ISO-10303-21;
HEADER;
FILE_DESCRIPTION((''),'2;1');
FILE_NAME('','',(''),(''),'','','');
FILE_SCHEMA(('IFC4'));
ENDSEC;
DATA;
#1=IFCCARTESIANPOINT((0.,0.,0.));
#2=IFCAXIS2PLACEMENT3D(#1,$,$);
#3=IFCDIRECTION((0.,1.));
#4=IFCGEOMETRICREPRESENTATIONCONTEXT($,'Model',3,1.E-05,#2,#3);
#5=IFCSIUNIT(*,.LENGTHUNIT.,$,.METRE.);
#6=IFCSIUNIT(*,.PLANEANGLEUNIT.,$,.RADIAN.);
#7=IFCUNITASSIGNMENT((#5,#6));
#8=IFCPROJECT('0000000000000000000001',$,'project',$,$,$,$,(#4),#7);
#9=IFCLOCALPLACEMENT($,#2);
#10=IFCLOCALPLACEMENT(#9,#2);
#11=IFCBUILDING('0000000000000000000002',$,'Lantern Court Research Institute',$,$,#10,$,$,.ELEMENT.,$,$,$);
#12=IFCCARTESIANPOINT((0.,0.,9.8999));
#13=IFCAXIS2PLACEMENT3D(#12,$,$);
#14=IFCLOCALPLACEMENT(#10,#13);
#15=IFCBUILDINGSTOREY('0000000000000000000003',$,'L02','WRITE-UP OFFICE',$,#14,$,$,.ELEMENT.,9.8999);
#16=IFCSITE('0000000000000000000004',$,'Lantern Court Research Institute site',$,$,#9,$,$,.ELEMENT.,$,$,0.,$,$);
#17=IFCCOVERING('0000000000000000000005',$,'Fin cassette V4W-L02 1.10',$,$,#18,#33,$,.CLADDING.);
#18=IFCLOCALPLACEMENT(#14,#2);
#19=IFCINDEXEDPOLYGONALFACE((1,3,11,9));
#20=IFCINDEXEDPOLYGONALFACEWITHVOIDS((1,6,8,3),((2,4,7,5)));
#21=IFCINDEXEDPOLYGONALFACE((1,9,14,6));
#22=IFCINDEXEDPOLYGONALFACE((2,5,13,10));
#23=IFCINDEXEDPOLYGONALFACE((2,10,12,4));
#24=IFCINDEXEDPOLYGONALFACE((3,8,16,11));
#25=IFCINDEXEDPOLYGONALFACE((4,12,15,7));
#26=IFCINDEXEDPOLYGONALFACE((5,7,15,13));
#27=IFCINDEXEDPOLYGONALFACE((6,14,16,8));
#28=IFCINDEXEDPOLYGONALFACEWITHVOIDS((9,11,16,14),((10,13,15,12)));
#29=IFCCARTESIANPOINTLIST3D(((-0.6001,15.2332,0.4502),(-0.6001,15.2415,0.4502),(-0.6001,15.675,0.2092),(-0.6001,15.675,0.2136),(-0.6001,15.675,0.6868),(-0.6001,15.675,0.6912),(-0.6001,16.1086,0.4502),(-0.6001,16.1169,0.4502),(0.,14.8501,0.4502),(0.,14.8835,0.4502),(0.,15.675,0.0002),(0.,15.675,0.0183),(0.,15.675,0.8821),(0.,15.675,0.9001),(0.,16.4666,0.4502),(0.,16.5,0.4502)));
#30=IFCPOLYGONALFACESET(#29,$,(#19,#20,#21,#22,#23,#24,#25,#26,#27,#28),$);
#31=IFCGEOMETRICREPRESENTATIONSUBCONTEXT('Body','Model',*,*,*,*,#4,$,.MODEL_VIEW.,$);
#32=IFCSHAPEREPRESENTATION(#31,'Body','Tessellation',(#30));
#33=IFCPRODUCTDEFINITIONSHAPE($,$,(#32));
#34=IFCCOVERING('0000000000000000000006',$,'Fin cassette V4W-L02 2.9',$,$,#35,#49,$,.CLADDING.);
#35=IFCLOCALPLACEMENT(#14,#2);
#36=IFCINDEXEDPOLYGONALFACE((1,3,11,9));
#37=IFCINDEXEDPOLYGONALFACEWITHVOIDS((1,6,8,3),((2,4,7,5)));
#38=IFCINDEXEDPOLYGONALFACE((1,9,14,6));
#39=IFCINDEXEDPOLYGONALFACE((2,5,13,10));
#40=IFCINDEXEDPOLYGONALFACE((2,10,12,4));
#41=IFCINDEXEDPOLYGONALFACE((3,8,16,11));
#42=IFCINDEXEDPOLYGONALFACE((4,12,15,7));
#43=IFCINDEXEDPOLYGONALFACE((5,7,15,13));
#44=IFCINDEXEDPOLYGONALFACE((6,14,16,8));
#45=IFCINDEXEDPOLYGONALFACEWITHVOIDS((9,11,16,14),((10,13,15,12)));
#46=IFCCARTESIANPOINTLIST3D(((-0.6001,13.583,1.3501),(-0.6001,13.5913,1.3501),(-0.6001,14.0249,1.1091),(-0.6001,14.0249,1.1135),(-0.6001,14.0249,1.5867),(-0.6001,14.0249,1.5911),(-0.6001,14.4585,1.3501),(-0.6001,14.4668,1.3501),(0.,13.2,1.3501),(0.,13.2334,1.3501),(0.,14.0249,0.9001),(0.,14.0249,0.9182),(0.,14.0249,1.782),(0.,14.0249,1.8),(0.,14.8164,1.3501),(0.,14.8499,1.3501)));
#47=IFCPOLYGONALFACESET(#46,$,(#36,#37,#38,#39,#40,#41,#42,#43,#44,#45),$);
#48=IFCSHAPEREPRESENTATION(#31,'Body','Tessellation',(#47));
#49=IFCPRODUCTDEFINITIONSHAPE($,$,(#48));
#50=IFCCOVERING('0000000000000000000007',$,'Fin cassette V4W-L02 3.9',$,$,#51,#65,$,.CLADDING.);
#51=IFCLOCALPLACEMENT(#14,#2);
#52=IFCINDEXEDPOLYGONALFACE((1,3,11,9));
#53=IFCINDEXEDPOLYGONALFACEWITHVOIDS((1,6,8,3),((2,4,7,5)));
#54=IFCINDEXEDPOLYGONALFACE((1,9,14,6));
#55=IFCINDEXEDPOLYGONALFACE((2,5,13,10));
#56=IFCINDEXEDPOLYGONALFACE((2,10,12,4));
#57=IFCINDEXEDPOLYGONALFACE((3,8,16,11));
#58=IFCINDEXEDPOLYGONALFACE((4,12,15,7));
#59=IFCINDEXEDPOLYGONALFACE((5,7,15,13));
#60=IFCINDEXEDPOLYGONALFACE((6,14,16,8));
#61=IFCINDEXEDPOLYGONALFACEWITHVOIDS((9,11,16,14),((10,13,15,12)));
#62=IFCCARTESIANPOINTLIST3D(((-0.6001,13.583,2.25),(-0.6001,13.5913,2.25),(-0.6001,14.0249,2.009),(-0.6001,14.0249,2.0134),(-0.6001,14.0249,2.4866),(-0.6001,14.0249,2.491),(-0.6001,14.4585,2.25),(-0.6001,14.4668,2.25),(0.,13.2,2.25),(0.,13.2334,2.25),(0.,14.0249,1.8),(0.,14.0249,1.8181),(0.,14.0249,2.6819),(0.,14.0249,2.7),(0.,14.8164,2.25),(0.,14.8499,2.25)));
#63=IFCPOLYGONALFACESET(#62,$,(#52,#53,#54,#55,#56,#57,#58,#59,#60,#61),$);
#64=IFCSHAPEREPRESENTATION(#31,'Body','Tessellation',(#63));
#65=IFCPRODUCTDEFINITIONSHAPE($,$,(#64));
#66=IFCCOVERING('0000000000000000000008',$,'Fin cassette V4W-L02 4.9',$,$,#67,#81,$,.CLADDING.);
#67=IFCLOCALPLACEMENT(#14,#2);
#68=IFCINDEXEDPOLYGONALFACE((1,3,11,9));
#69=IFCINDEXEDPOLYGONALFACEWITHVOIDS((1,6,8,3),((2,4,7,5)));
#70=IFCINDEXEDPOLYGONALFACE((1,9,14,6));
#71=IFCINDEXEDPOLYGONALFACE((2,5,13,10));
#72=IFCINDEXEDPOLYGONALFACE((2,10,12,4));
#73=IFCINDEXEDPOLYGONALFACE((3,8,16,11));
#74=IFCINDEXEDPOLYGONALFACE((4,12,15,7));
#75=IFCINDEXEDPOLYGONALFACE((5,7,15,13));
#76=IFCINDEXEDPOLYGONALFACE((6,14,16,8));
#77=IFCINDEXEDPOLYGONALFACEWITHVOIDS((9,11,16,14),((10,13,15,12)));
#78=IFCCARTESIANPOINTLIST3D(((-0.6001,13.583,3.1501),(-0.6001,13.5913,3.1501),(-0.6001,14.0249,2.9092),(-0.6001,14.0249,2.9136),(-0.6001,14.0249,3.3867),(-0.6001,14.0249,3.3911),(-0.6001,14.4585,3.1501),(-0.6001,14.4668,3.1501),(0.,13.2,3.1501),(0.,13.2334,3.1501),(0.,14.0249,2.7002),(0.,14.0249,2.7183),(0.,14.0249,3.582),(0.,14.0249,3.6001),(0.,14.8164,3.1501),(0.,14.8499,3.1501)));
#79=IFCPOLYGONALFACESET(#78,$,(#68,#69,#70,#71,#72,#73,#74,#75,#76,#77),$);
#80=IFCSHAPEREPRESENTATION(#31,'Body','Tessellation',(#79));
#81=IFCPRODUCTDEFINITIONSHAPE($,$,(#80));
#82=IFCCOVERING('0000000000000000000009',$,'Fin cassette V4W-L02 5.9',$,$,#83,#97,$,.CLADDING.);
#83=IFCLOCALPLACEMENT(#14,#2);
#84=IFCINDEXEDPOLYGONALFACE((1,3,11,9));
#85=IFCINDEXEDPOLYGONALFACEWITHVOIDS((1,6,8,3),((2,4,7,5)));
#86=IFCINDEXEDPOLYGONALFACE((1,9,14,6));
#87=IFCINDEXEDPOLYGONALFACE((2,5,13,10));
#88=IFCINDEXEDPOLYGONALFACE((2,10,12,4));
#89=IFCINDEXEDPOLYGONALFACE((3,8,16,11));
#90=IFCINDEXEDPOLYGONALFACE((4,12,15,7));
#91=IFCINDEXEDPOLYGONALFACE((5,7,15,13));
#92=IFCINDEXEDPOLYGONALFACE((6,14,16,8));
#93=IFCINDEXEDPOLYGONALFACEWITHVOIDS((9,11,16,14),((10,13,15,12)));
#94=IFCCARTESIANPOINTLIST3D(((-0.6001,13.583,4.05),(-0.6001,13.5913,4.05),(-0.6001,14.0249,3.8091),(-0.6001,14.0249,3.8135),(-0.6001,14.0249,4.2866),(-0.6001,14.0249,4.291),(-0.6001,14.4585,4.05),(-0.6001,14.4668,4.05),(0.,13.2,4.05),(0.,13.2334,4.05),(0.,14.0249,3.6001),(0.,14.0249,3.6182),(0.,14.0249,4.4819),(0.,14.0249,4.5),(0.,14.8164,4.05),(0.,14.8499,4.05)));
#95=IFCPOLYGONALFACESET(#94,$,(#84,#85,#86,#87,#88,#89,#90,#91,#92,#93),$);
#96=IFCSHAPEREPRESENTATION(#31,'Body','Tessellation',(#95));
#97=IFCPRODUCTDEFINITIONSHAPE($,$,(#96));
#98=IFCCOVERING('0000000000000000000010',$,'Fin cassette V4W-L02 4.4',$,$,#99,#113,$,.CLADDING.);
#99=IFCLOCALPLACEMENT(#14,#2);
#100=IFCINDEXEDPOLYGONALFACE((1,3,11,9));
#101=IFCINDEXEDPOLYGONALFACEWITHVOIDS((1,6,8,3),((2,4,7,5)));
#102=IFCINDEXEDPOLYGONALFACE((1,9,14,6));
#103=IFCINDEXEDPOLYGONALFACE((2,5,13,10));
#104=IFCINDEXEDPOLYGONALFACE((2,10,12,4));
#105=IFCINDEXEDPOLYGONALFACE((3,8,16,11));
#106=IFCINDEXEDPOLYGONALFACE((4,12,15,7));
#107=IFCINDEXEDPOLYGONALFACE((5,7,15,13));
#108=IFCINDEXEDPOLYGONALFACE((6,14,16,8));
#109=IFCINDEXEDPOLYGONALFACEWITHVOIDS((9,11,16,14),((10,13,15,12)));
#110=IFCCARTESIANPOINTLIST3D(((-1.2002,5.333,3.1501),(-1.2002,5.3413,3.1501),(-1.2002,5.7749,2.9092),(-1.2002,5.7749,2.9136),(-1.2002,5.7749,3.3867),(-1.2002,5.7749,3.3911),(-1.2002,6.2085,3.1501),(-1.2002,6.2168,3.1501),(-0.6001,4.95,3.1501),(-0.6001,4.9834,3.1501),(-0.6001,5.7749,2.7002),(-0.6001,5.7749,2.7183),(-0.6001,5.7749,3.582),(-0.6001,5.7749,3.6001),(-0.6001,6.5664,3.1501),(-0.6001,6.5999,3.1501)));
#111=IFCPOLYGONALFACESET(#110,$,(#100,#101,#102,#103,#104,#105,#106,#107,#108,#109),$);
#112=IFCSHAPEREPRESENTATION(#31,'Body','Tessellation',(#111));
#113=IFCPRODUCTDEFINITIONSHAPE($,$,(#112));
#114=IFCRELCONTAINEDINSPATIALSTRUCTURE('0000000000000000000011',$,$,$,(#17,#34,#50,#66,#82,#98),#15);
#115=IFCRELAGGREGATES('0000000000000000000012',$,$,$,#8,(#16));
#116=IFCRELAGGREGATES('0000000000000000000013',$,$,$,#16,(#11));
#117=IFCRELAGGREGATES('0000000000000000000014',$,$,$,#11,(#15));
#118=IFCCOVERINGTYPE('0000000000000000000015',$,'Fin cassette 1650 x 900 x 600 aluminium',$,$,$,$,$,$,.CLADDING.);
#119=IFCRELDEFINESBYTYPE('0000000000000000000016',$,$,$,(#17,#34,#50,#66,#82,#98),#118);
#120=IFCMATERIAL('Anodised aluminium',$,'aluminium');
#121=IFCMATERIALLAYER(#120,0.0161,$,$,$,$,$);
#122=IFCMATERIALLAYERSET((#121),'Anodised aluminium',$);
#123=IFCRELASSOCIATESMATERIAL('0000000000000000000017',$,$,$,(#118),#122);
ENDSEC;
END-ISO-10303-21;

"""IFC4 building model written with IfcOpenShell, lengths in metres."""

from ifc_helpers import new_model, entity, si_unit, direction, frame, origin, place, context, subcontext, project, spatial, material, layer, layer_set, type_object, element, save


model = new_model("IFC4")

# Units and contexts
model_context = context("Model", 3, precision=1e-05, world=origin(), true_north=direction((0.0, 1.0)))
body_context = subcontext(model_context, "Body", "Model", "MODEL_VIEW")
ifc_project = project(units=[si_unit("LENGTHUNIT", "METRE"), si_unit("PLANEANGLEUNIT", "RADIAN")], contexts=[model_context])

# Site, building, storey
site_placement = place(None, origin())
site = spatial("IfcSite", under=ifc_project, at=site_placement, Name="Lantern Court Research Institute site", CompositionType="ELEMENT", RefElevation=0.0)
building_placement = place(site_placement, origin())
building = spatial("IfcBuilding", under=site, at=building_placement, Name="Lantern Court Research Institute", CompositionType="ELEMENT")
storey_placement = place(building_placement, frame((0.0, 0.0, 9.8999)))
storey = spatial("IfcBuildingStorey", under=building, at=storey_placement, Name="L02", Description="WRITE-UP OFFICE", CompositionType="ELEMENT", Elevation=9.8999)

# Coverings
ifc_material_1 = material(Name="Anodised aluminium", Category="aluminium")
ifc_layer_1 = layer(ifc_material_1, 0.0161)
ifc_layer_set_1 = layer_set([ifc_layer_1], Name="Anodised aluminium")
covering_type = type_object("IfcCoveringType", Name="Fin cassette 1650 x 900 x 600 aluminium", PredefinedType="CLADDING", material=ifc_layer_set_1)
covering_1_placement = place(storey_placement, frame((0.0, 15.675, 0.4502), z_axis=(-1.0, 0.0, 0.0), x_axis=(0.0, -1.0, 0.0)))
cartesian_point_1 = entity("IfcCartesianPoint", [0.825, 0.0])
cartesian_point_2 = entity("IfcCartesianPoint", [0.7915, 0.0])
cartesian_point_3 = entity("IfcCartesianPoint", [0.4419, 0.0])
cartesian_point_4 = entity("IfcCartesianPoint", [0.4336, 0.0])
element("IfcCovering", 1, at=covering_1_placement, inside=storey, type_object=covering_type, Name="Fin cassette V4W-L02 1.10", PredefinedType="CLADDING", context=body_context, shape_type="SweptSolid", body=[
    entity("IfcExtrudedAreaSolidTapered", entity("IfcArbitraryProfileDefWithVoids", "AREA", None, entity("IfcPolyline", [cartesian_point_1, entity("IfcCartesianPoint", [0.0, 0.45]), entity("IfcCartesianPoint", [-0.825, 0.0]), entity("IfcCartesianPoint", [0.0, -0.45]), cartesian_point_1]), [entity("IfcPolyline", [cartesian_point_2, entity("IfcCartesianPoint", [0.0, 0.4319]), entity("IfcCartesianPoint", [-0.7915, 0.0]), entity("IfcCartesianPoint", [0.0, -0.4319]), cartesian_point_2])]), entity("IfcAxis2Placement3D", entity("IfcCartesianPoint", [0.0, 0.0, 0.0])), entity("IfcDirection", [0.0, 0.0, 1.0]), 0.6001, entity("IfcArbitraryProfileDefWithVoids", "AREA", None, entity("IfcPolyline", [cartesian_point_3, entity("IfcCartesianPoint", [0.0, 0.241]), entity("IfcCartesianPoint", [-0.4419, 0.0]), entity("IfcCartesianPoint", [0.0, -0.241]), cartesian_point_3]), [entity("IfcPolyline", [cartesian_point_4, entity("IfcCartesianPoint", [0.0, 0.2366]), entity("IfcCartesianPoint", [-0.4336, 0.0]), entity("IfcCartesianPoint", [0.0, -0.2366]), cartesian_point_4])])),
])
covering_2_placement = place(storey_placement, frame((0.0, 14.0249, 1.3501), z_axis=(-1.0, 0.0, 0.0), x_axis=(0.0, -1.0, 0.0)))
cartesian_point_5 = entity("IfcCartesianPoint", [0.825, 0.0])
cartesian_point_6 = entity("IfcCartesianPoint", [0.7915, 0.0])
cartesian_point_7 = entity("IfcCartesianPoint", [0.4419, 0.0])
cartesian_point_8 = entity("IfcCartesianPoint", [0.4336, 0.0])
element("IfcCovering", 2, at=covering_2_placement, inside=storey, type_object=covering_type, Name="Fin cassette V4W-L02 2.9", PredefinedType="CLADDING", context=body_context, shape_type="SweptSolid", body=[
    entity("IfcExtrudedAreaSolidTapered", entity("IfcArbitraryProfileDefWithVoids", "AREA", None, entity("IfcPolyline", [cartesian_point_5, entity("IfcCartesianPoint", [0.0, 0.45]), entity("IfcCartesianPoint", [-0.825, 0.0]), entity("IfcCartesianPoint", [0.0, -0.45]), cartesian_point_5]), [entity("IfcPolyline", [cartesian_point_6, entity("IfcCartesianPoint", [0.0, 0.4319]), entity("IfcCartesianPoint", [-0.7915, 0.0]), entity("IfcCartesianPoint", [0.0, -0.4319]), cartesian_point_6])]), entity("IfcAxis2Placement3D", entity("IfcCartesianPoint", [0.0, 0.0, 0.0])), entity("IfcDirection", [0.0, 0.0, 1.0]), 0.6001, entity("IfcArbitraryProfileDefWithVoids", "AREA", None, entity("IfcPolyline", [cartesian_point_7, entity("IfcCartesianPoint", [0.0, 0.241]), entity("IfcCartesianPoint", [-0.4419, 0.0]), entity("IfcCartesianPoint", [0.0, -0.241]), cartesian_point_7]), [entity("IfcPolyline", [cartesian_point_8, entity("IfcCartesianPoint", [0.0, 0.2366]), entity("IfcCartesianPoint", [-0.4336, 0.0]), entity("IfcCartesianPoint", [0.0, -0.2366]), cartesian_point_8])])),
])
covering_3_placement = place(storey_placement, frame((0.0, 14.0249, 2.25), z_axis=(-1.0, 0.0, 0.0), x_axis=(0.0, -1.0, 0.0)))
cartesian_point_9 = entity("IfcCartesianPoint", [0.825, 0.0])
cartesian_point_10 = entity("IfcCartesianPoint", [0.7915, 0.0])
cartesian_point_11 = entity("IfcCartesianPoint", [0.4419, 0.0])
cartesian_point_12 = entity("IfcCartesianPoint", [0.4336, 0.0])
element("IfcCovering", 3, at=covering_3_placement, inside=storey, type_object=covering_type, Name="Fin cassette V4W-L02 3.9", PredefinedType="CLADDING", context=body_context, shape_type="SweptSolid", body=[
    entity("IfcExtrudedAreaSolidTapered", entity("IfcArbitraryProfileDefWithVoids", "AREA", None, entity("IfcPolyline", [cartesian_point_9, entity("IfcCartesianPoint", [0.0, 0.45]), entity("IfcCartesianPoint", [-0.825, 0.0]), entity("IfcCartesianPoint", [0.0, -0.45]), cartesian_point_9]), [entity("IfcPolyline", [cartesian_point_10, entity("IfcCartesianPoint", [0.0, 0.4319]), entity("IfcCartesianPoint", [-0.7915, 0.0]), entity("IfcCartesianPoint", [0.0, -0.4319]), cartesian_point_10])]), entity("IfcAxis2Placement3D", entity("IfcCartesianPoint", [0.0, 0.0, 0.0])), entity("IfcDirection", [0.0, 0.0, 1.0]), 0.6001, entity("IfcArbitraryProfileDefWithVoids", "AREA", None, entity("IfcPolyline", [cartesian_point_11, entity("IfcCartesianPoint", [0.0, 0.241]), entity("IfcCartesianPoint", [-0.4419, 0.0]), entity("IfcCartesianPoint", [0.0, -0.241]), cartesian_point_11]), [entity("IfcPolyline", [cartesian_point_12, entity("IfcCartesianPoint", [0.0, 0.2366]), entity("IfcCartesianPoint", [-0.4336, 0.0]), entity("IfcCartesianPoint", [0.0, -0.2366]), cartesian_point_12])])),
])
covering_4_placement = place(storey_placement, frame((0.0, 14.0249, 3.1501), z_axis=(-1.0, 0.0, 0.0), x_axis=(0.0, -1.0, 0.0)))
cartesian_point_13 = entity("IfcCartesianPoint", [0.825, 0.0])
cartesian_point_14 = entity("IfcCartesianPoint", [0.7915, 0.0])
cartesian_point_15 = entity("IfcCartesianPoint", [0.4419, 0.0])
cartesian_point_16 = entity("IfcCartesianPoint", [0.4336, 0.0])
element("IfcCovering", 4, at=covering_4_placement, inside=storey, type_object=covering_type, Name="Fin cassette V4W-L02 4.9", PredefinedType="CLADDING", context=body_context, shape_type="SweptSolid", body=[
    entity("IfcExtrudedAreaSolidTapered", entity("IfcArbitraryProfileDefWithVoids", "AREA", None, entity("IfcPolyline", [cartesian_point_13, entity("IfcCartesianPoint", [0.0, 0.45]), entity("IfcCartesianPoint", [-0.825, 0.0]), entity("IfcCartesianPoint", [0.0, -0.45]), cartesian_point_13]), [entity("IfcPolyline", [cartesian_point_14, entity("IfcCartesianPoint", [0.0, 0.4319]), entity("IfcCartesianPoint", [-0.7915, 0.0]), entity("IfcCartesianPoint", [0.0, -0.4319]), cartesian_point_14])]), entity("IfcAxis2Placement3D", entity("IfcCartesianPoint", [0.0, 0.0, 0.0])), entity("IfcDirection", [0.0, 0.0, 1.0]), 0.6001, entity("IfcArbitraryProfileDefWithVoids", "AREA", None, entity("IfcPolyline", [cartesian_point_15, entity("IfcCartesianPoint", [0.0, 0.241]), entity("IfcCartesianPoint", [-0.4419, 0.0]), entity("IfcCartesianPoint", [0.0, -0.241]), cartesian_point_15]), [entity("IfcPolyline", [cartesian_point_16, entity("IfcCartesianPoint", [0.0, 0.2366]), entity("IfcCartesianPoint", [-0.4336, 0.0]), entity("IfcCartesianPoint", [0.0, -0.2366]), cartesian_point_16])])),
])
covering_5_placement = place(storey_placement, frame((0.0, 14.0249, 4.05), z_axis=(-1.0, 0.0, 0.0), x_axis=(0.0, -1.0, 0.0)))
cartesian_point_17 = entity("IfcCartesianPoint", [0.825, 0.0])
cartesian_point_18 = entity("IfcCartesianPoint", [0.7915, 0.0])
cartesian_point_19 = entity("IfcCartesianPoint", [0.4419, 0.0])
cartesian_point_20 = entity("IfcCartesianPoint", [0.4336, 0.0])
element("IfcCovering", 5, at=covering_5_placement, inside=storey, type_object=covering_type, Name="Fin cassette V4W-L02 5.9", PredefinedType="CLADDING", context=body_context, shape_type="SweptSolid", body=[
    entity("IfcExtrudedAreaSolidTapered", entity("IfcArbitraryProfileDefWithVoids", "AREA", None, entity("IfcPolyline", [cartesian_point_17, entity("IfcCartesianPoint", [0.0, 0.45]), entity("IfcCartesianPoint", [-0.825, 0.0]), entity("IfcCartesianPoint", [0.0, -0.45]), cartesian_point_17]), [entity("IfcPolyline", [cartesian_point_18, entity("IfcCartesianPoint", [0.0, 0.4319]), entity("IfcCartesianPoint", [-0.7915, 0.0]), entity("IfcCartesianPoint", [0.0, -0.4319]), cartesian_point_18])]), entity("IfcAxis2Placement3D", entity("IfcCartesianPoint", [0.0, 0.0, 0.0])), entity("IfcDirection", [0.0, 0.0, 1.0]), 0.6001, entity("IfcArbitraryProfileDefWithVoids", "AREA", None, entity("IfcPolyline", [cartesian_point_19, entity("IfcCartesianPoint", [0.0, 0.241]), entity("IfcCartesianPoint", [-0.4419, 0.0]), entity("IfcCartesianPoint", [0.0, -0.241]), cartesian_point_19]), [entity("IfcPolyline", [cartesian_point_20, entity("IfcCartesianPoint", [0.0, 0.2366]), entity("IfcCartesianPoint", [-0.4336, 0.0]), entity("IfcCartesianPoint", [0.0, -0.2366]), cartesian_point_20])])),
])
covering_6_placement = place(storey_placement, frame((-0.6001, 5.7749, 3.1501), z_axis=(-1.0, 0.0, 0.0), x_axis=(0.0, -1.0, 0.0)))
cartesian_point_21 = entity("IfcCartesianPoint", [0.825, 0.0])
cartesian_point_22 = entity("IfcCartesianPoint", [0.7915, 0.0])
cartesian_point_23 = entity("IfcCartesianPoint", [0.4419, 0.0])
cartesian_point_24 = entity("IfcCartesianPoint", [0.4336, 0.0])
element("IfcCovering", 6, at=covering_6_placement, inside=storey, type_object=covering_type, Name="Fin cassette V4W-L02 4.4", PredefinedType="CLADDING", context=body_context, shape_type="SweptSolid", body=[
    entity("IfcExtrudedAreaSolidTapered", entity("IfcArbitraryProfileDefWithVoids", "AREA", None, entity("IfcPolyline", [cartesian_point_21, entity("IfcCartesianPoint", [0.0, 0.45]), entity("IfcCartesianPoint", [-0.825, 0.0]), entity("IfcCartesianPoint", [0.0, -0.45]), cartesian_point_21]), [entity("IfcPolyline", [cartesian_point_22, entity("IfcCartesianPoint", [0.0, 0.4319]), entity("IfcCartesianPoint", [-0.7915, 0.0]), entity("IfcCartesianPoint", [0.0, -0.4319]), cartesian_point_22])]), entity("IfcAxis2Placement3D", entity("IfcCartesianPoint", [0.0, 0.0, 0.0])), entity("IfcDirection", [0.0, 0.0, 1.0]), 0.6001, entity("IfcArbitraryProfileDefWithVoids", "AREA", None, entity("IfcPolyline", [cartesian_point_23, entity("IfcCartesianPoint", [0.0, 0.241]), entity("IfcCartesianPoint", [-0.4419, 0.0]), entity("IfcCartesianPoint", [0.0, -0.241]), cartesian_point_23]), [entity("IfcPolyline", [cartesian_point_24, entity("IfcCartesianPoint", [0.0, 0.2366]), entity("IfcCartesianPoint", [-0.4336, 0.0]), entity("IfcCartesianPoint", [0.0, -0.2366]), cartesian_point_24])])),
])

save(model, "model.ifc")
